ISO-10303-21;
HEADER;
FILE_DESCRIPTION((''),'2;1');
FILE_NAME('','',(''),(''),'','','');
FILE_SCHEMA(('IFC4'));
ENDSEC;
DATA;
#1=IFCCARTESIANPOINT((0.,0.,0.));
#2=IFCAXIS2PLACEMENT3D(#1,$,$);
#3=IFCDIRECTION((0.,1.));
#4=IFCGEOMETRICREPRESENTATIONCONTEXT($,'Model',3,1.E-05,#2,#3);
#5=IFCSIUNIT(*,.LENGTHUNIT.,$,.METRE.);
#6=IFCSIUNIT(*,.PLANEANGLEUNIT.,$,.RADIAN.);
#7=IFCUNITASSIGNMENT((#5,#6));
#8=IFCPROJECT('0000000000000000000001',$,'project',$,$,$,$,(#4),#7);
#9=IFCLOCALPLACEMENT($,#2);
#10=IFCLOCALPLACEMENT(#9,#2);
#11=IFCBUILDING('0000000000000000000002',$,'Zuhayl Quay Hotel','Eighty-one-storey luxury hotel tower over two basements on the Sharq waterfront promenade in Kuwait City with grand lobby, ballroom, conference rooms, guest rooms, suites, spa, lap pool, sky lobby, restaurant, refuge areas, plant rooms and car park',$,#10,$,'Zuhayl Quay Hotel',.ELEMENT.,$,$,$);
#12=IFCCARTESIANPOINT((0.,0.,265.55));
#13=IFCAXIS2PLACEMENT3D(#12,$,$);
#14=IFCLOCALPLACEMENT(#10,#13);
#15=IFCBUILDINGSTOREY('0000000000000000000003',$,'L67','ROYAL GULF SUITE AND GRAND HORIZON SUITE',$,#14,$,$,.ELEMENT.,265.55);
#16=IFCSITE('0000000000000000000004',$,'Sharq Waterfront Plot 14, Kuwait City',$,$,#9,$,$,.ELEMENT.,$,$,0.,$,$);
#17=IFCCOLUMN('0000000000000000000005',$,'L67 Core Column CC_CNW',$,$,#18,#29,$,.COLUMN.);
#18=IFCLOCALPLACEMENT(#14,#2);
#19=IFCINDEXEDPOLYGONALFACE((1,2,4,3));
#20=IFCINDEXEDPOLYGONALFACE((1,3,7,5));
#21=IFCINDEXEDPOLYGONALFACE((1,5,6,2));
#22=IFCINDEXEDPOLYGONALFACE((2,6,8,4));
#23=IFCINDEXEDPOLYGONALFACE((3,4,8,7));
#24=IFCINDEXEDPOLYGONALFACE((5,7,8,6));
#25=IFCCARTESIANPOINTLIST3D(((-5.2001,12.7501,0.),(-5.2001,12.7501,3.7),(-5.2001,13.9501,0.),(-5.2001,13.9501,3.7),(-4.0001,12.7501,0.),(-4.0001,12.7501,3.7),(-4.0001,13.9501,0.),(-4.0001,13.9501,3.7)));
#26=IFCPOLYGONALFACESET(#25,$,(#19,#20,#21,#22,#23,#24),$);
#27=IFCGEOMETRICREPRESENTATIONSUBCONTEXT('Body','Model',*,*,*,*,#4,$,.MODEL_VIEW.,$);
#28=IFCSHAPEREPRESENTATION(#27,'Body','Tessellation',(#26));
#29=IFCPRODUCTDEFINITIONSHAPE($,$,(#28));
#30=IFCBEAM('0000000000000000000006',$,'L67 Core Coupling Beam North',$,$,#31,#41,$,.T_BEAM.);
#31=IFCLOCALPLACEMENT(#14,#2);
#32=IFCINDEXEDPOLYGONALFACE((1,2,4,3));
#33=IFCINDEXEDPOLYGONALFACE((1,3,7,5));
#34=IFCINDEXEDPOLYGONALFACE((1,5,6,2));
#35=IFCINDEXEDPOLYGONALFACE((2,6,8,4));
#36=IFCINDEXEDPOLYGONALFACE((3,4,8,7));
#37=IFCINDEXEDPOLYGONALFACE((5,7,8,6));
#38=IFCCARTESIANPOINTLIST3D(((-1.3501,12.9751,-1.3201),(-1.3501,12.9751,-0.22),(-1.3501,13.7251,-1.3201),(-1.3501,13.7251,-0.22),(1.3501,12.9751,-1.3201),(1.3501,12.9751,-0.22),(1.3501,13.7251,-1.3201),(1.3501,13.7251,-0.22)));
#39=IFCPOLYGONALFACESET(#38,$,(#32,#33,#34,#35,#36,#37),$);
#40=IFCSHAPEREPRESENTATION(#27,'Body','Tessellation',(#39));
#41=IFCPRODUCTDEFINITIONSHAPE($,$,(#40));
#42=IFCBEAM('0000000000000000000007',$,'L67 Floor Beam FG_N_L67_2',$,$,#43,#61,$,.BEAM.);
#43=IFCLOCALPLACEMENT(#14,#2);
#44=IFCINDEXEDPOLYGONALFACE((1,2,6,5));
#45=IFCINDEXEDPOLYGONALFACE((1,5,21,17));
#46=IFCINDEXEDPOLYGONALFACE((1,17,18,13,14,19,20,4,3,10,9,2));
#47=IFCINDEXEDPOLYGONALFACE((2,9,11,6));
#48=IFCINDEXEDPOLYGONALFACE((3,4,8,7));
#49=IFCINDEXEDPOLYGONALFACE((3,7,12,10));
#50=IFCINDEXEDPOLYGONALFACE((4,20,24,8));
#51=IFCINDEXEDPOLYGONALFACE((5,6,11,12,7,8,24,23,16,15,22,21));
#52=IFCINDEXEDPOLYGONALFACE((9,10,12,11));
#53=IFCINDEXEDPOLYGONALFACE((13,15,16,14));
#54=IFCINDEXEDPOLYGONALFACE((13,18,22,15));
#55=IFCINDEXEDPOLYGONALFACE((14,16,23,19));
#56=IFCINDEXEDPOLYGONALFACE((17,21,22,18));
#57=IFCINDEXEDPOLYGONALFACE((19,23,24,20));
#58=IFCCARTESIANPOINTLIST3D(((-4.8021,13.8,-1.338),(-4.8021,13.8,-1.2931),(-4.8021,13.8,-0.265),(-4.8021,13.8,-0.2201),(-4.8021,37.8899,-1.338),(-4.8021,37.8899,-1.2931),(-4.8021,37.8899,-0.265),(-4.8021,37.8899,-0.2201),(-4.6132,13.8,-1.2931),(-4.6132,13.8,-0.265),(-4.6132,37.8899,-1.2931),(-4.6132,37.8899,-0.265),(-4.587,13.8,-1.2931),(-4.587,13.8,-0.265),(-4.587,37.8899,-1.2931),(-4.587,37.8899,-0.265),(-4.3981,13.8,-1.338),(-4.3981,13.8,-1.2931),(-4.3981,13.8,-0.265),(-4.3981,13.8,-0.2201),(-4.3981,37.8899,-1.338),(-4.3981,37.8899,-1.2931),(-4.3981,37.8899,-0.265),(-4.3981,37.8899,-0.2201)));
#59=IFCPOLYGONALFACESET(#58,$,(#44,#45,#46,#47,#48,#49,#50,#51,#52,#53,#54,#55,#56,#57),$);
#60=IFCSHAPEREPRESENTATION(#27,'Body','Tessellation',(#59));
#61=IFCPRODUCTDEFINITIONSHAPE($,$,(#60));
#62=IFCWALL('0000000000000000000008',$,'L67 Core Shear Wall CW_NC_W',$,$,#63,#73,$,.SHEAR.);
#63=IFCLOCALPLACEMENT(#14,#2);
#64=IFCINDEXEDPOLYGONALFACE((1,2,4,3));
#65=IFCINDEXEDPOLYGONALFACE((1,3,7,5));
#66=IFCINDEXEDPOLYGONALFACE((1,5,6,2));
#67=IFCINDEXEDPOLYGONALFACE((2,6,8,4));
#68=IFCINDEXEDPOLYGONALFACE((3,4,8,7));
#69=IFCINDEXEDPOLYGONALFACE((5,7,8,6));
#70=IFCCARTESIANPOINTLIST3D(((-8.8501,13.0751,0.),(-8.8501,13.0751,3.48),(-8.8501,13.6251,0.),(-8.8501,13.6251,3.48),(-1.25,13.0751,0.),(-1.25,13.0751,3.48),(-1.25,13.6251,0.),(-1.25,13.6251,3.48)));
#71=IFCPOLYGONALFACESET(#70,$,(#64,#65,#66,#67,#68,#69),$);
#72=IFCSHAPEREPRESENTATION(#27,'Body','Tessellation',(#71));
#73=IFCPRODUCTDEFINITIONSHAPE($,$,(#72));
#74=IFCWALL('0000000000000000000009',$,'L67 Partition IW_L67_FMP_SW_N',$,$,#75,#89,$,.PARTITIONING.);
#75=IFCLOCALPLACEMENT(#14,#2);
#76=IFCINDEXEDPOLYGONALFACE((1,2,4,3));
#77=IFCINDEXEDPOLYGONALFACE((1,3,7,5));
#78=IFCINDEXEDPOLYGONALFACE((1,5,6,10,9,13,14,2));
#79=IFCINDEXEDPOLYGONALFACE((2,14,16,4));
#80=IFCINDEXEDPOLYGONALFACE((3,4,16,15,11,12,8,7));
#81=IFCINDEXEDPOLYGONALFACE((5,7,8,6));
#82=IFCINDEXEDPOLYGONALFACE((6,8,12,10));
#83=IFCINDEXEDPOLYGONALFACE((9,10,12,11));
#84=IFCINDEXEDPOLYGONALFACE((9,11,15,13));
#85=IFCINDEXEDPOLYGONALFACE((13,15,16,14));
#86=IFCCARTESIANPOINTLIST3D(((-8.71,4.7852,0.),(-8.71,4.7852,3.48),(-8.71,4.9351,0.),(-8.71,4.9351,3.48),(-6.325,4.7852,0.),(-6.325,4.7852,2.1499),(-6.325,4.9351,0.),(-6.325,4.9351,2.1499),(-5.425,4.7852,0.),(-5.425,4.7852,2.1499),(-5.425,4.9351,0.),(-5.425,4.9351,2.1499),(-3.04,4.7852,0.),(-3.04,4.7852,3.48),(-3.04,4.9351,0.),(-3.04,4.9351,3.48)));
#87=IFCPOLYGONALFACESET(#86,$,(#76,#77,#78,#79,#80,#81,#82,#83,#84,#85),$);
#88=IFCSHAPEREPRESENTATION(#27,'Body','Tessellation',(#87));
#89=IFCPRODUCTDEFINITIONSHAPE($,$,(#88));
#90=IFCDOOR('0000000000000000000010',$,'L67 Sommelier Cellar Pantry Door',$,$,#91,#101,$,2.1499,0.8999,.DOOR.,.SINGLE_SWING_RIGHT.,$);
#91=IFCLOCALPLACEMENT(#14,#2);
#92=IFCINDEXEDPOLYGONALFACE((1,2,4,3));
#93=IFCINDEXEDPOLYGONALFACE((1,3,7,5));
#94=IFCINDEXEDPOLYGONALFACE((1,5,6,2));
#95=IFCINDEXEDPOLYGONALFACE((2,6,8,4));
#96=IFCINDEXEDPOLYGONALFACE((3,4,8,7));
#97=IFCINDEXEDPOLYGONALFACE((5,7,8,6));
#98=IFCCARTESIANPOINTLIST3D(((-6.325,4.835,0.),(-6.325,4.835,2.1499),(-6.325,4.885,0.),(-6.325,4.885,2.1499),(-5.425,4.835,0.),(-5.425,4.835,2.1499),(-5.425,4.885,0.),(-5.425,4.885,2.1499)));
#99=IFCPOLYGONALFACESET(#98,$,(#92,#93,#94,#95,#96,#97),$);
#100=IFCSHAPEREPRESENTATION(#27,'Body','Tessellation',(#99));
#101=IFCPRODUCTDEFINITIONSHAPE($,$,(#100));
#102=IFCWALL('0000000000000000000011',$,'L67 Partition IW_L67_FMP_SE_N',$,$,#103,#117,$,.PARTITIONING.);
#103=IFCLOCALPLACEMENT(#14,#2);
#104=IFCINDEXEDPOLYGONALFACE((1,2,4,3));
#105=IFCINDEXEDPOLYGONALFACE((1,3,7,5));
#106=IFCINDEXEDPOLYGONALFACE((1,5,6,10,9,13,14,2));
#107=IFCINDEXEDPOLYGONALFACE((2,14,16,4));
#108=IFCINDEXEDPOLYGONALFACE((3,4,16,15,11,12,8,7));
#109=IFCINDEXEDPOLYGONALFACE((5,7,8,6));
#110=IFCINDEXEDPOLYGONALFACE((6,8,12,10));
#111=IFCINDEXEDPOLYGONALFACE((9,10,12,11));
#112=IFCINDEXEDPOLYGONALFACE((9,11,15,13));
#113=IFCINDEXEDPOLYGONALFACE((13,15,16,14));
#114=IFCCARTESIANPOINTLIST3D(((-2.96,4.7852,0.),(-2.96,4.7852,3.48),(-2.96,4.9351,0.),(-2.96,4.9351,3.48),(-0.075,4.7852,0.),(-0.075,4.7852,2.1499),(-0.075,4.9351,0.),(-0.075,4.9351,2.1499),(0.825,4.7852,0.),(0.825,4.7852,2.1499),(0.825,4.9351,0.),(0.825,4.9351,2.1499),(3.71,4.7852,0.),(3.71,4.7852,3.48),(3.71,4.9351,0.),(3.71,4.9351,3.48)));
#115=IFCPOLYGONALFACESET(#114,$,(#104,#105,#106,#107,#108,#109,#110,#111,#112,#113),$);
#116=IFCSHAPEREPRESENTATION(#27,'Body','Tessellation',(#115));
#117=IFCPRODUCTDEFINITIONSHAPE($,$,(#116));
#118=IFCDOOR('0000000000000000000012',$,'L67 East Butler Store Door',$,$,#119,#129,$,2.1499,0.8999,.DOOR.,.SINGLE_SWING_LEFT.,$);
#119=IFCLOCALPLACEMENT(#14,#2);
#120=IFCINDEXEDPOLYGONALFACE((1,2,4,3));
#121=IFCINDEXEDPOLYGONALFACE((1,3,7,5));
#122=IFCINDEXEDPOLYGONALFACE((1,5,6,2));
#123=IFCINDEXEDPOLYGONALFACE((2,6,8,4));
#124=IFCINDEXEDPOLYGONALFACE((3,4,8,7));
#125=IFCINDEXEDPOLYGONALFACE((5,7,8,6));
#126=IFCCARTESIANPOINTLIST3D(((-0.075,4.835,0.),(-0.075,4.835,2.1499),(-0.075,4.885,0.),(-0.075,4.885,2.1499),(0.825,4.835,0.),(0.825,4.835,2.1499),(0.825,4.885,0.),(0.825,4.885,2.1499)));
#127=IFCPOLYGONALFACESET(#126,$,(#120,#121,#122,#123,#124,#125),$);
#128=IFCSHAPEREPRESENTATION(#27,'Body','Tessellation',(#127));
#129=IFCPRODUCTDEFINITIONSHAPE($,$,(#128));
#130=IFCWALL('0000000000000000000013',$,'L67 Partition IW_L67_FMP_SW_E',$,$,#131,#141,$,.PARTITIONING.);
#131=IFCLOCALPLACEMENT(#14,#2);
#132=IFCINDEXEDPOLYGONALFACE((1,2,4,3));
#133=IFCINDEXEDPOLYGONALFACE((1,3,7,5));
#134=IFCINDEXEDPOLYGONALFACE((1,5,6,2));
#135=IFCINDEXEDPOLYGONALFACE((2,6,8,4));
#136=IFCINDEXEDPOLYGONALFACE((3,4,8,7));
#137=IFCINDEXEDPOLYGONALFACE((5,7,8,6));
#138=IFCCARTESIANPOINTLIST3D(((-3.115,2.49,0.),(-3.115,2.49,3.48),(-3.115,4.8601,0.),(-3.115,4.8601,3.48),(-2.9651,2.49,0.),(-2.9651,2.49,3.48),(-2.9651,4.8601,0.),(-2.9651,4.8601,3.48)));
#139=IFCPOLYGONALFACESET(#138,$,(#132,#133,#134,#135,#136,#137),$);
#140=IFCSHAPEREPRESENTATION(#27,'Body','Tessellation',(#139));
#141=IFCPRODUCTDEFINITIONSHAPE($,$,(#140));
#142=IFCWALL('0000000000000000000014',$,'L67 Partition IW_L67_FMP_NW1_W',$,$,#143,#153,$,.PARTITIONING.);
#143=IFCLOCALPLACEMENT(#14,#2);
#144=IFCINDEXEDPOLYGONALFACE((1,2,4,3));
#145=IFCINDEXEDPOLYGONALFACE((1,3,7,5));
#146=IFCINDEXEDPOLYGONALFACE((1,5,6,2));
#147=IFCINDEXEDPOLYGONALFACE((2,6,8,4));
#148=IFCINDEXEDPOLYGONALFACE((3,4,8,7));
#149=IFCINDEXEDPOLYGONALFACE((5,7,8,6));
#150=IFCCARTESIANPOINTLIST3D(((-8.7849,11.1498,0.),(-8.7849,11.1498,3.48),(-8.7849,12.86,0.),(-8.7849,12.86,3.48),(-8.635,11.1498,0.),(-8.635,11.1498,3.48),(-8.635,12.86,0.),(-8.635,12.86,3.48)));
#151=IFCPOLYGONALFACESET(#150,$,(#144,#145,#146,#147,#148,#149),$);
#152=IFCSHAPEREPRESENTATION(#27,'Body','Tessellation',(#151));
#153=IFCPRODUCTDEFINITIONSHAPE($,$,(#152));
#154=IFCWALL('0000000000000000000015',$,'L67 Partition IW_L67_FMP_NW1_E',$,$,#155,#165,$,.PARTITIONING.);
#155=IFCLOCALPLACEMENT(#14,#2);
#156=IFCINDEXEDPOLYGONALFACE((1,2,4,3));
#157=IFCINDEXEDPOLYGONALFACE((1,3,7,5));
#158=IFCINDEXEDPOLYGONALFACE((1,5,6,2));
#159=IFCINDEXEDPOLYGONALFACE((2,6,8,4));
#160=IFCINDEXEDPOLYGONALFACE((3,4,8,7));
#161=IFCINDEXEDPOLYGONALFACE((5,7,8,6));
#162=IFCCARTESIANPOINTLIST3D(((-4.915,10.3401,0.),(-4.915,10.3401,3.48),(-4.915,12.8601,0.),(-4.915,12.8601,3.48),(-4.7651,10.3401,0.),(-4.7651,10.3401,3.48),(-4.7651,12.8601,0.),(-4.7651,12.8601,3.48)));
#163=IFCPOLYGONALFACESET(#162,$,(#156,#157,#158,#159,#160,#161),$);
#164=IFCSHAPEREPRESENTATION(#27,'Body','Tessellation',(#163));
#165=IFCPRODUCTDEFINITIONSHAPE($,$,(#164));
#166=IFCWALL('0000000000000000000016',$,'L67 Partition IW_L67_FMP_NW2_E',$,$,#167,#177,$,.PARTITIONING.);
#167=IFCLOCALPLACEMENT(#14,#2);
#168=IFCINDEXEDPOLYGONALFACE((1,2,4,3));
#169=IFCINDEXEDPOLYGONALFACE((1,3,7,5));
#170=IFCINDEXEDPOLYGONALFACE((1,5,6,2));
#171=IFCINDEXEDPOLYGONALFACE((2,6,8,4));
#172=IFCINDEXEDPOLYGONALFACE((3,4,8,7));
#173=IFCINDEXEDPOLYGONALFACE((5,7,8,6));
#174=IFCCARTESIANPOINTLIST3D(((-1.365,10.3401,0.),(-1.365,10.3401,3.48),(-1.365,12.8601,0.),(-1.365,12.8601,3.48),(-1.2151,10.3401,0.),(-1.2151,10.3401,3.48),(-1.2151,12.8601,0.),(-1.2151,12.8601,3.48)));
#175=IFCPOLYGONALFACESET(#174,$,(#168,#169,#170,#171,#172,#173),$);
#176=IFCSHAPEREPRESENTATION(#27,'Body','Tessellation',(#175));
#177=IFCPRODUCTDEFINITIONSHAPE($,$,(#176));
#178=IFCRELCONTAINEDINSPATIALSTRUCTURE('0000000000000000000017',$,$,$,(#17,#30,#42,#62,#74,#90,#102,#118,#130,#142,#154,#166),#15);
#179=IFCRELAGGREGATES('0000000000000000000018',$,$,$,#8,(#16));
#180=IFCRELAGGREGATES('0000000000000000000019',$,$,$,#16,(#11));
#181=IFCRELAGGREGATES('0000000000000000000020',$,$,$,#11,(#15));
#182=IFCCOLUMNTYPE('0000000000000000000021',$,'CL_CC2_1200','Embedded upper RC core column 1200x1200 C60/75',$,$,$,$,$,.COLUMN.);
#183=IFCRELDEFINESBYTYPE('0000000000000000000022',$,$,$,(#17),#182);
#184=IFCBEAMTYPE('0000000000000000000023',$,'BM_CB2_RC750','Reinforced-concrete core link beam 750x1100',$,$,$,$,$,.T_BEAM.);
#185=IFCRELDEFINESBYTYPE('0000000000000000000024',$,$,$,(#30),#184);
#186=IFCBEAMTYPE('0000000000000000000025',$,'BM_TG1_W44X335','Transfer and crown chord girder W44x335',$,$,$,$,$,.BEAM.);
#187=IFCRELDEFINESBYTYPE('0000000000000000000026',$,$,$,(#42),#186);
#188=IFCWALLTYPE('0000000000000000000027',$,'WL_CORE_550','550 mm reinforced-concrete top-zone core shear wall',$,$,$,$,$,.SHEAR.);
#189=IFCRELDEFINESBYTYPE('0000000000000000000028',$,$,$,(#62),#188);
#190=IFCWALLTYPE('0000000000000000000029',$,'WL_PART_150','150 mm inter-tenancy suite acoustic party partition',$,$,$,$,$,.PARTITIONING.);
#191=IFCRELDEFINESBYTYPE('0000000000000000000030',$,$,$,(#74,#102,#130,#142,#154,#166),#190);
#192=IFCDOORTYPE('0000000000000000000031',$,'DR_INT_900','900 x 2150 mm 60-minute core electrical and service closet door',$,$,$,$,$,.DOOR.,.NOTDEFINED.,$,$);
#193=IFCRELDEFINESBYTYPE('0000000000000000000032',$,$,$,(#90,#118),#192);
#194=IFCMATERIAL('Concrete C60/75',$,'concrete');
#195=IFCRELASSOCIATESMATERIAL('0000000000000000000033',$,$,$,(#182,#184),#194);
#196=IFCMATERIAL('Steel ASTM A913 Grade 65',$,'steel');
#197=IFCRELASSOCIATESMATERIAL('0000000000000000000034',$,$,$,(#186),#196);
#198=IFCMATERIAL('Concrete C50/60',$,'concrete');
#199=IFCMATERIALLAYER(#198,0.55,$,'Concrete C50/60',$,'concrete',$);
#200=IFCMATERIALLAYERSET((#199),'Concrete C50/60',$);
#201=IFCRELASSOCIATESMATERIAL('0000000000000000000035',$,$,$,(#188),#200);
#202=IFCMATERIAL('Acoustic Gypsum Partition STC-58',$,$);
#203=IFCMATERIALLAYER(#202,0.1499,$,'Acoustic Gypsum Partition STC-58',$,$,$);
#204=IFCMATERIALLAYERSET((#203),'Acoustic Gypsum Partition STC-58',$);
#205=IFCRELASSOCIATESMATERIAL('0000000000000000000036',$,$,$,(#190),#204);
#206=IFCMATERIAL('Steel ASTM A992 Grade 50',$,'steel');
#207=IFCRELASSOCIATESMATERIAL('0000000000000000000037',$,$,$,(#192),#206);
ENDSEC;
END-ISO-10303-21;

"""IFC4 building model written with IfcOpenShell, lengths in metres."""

from ifc_helpers import new_model, si_unit, direction, frame, frame_2d, origin, origin_2d, place, context, subcontext, project, spatial, rectangle, i_section, extrude, material, layer, layer_set, material_profile, profile_set, type_object, element, fill, save


model = new_model("IFC4")

# Units and contexts
model_context = context("Model", 3, precision=1e-05, world=origin(), true_north=direction((0.0, 1.0)))
body_context = subcontext(model_context, "Body", "Model", "MODEL_VIEW")
ifc_project = project(units=[si_unit("LENGTHUNIT", "METRE"), si_unit("PLANEANGLEUNIT", "RADIAN")], contexts=[model_context])

# Site, building, storey
site_placement = place(None, origin())
site = spatial("IfcSite", under=ifc_project, at=site_placement, Name="Sharq Waterfront Plot 14, Kuwait City", CompositionType="ELEMENT", RefElevation=0.0)
building_placement = place(site_placement, origin())
building = spatial("IfcBuilding", under=site, at=building_placement, Name="Zuhayl Quay Hotel", Description="Eighty-one-storey luxury hotel tower over two basements on the Sharq waterfront promenade in Kuwait City with grand lobby, ballroom, conference rooms, guest rooms, suites, spa, lap pool, sky lobby, restaurant, refuge areas, plant rooms and car park", LongName="Zuhayl Quay Hotel", CompositionType="ELEMENT")
storey_placement = place(building_placement, frame((0.0, 0.0, 265.55)))
storey = spatial("IfcBuildingStorey", under=building, at=storey_placement, Name="L67", Description="ROYAL GULF SUITE AND GRAND HORIZON SUITE", CompositionType="ELEMENT", Elevation=265.55)

# Column
ifc_material_1 = material(Name="Concrete C60/75", Category="concrete")
ifc_material_profile_1 = material_profile(ifc_material_1, rectangle(XDim=1.2, YDim=1.2, at=origin_2d()), Name="RC1200X1200")
ifc_profile_set_1 = profile_set([ifc_material_profile_1], Name="Concrete C60/75")
column_type = type_object("IfcColumnType", Name="CL_CC2_1200", Description="Embedded upper RC core column 1200x1200 C60/75", PredefinedType="COLUMN", material=ifc_profile_set_1)
column_placement = place(storey_placement, frame((-4.6001, 13.3501, 0.0), z_axis=(0.0, 0.0, 1.0), x_axis=(1.0, 0.0, 0.0)))
element("IfcColumn", 1, at=column_placement, inside=storey, type_object=column_type, Name="L67 Core Column CC_CNW", PredefinedType="COLUMN", context=body_context, shape_type="SweptSolid", body=[
    extrude(rectangle(XDim=1.2, YDim=1.2, at=origin_2d()), origin(), (0.0, 0.0, 1.0), 3.7),
])

# Beams
ifc_material_profile_2 = material_profile(ifc_material_1, rectangle(XDim=0.75, YDim=1.1001, at=origin_2d()), Name="RC750X1100")
ifc_profile_set_2 = profile_set([ifc_material_profile_2], Name="Concrete C60/75")
beam_type_1 = type_object("IfcBeamType", Name="BM_CB2_RC750", Description="Reinforced-concrete core link beam 750x1100", PredefinedType="T_BEAM", material=ifc_profile_set_2)
beam_1_placement = place(storey_placement, frame((-1.3501, 13.3501, -0.77), z_axis=(1.0, 0.0, 0.0), x_axis=(0.0, 1.0, 0.0)))
element("IfcBeam", 2, at=beam_1_placement, inside=storey, type_object=beam_type_1, Name="L67 Core Coupling Beam North", PredefinedType="T_BEAM", context=body_context, shape_type="SweptSolid", body=[
    extrude(rectangle(XDim=0.75, YDim=1.1001, at=origin_2d()), origin(), (0.0, 0.0, 1.0), 2.7002),
])
ifc_material_2 = material(Name="Steel ASTM A913 Grade 65", Category="steel")
ifc_material_profile_3 = material_profile(ifc_material_2, i_section(OverallWidth=0.4041, OverallDepth=1.1179, WebThickness=0.0261, FlangeThickness=0.0449, at=origin_2d()), Name="W44X335")
ifc_profile_set_3 = profile_set([ifc_material_profile_3], Name="Steel ASTM A913 Grade 65")
beam_type_2 = type_object("IfcBeamType", Name="BM_TG1_W44X335", Description="Transfer and crown chord girder W44x335", PredefinedType="BEAM", material=ifc_profile_set_3)
beam_2_placement = place(storey_placement, frame((-4.6001, 13.8, -0.7791), z_axis=(0.0, 1.0, 0.0), x_axis=(-1.0, 0.0, 0.0)))
element("IfcBeam", 3, at=beam_2_placement, inside=storey, type_object=beam_type_2, Name="L67 Floor Beam FG_N_L67_2", PredefinedType="BEAM", context=body_context, shape_type="SweptSolid", body=[
    extrude(i_section(OverallWidth=0.4041, OverallDepth=1.1179, WebThickness=0.0261, FlangeThickness=0.0449, at=origin_2d()), origin(), (0.0, 0.0, 1.0), 24.0898),
])

# Wall
ifc_material_3 = material(Name="Concrete C50/60", Category="concrete")
ifc_layer_1 = layer(ifc_material_3, 0.55, Name="Concrete C50/60", Category="concrete")
ifc_layer_set_1 = layer_set([ifc_layer_1], Name="Concrete C50/60")
wall_type_1 = type_object("IfcWallType", Name="WL_CORE_550", Description="550 mm reinforced-concrete top-zone core shear wall", PredefinedType="SHEAR", material=ifc_layer_set_1)
wall_1_placement = place(storey_placement, frame((-8.8501, 13.3501, 0.0), z_axis=(0.0, 0.0, 1.0), x_axis=(1.0, 0.0, 0.0)))
element("IfcWall", 4, at=wall_1_placement, inside=storey, type_object=wall_type_1, Name="L67 Core Shear Wall CW_NC_W", PredefinedType="SHEAR", context=body_context, shape_type="SweptSolid", body=[
    extrude(rectangle(XDim=7.6001, YDim=0.55, at=frame_2d((3.8, 0.0))), origin(), (0.0, 0.0, 1.0), 3.48),
])

# Walls, openings, doors
ifc_material_4 = material(Name="Acoustic Gypsum Partition STC-58")
ifc_layer_2 = layer(ifc_material_4, 0.1499, Name="Acoustic Gypsum Partition STC-58")
ifc_layer_set_2 = layer_set([ifc_layer_2], Name="Acoustic Gypsum Partition STC-58")
wall_type_2 = type_object("IfcWallType", Name="WL_PART_150", Description="150 mm inter-tenancy suite acoustic party partition", PredefinedType="PARTITIONING", material=ifc_layer_set_2)
wall_2_placement = place(storey_placement, frame((-8.71, 4.8601, 0.0), z_axis=(0.0, 0.0, 1.0), x_axis=(1.0, 0.0, 0.0)))
wall_2 = element("IfcWall", 5, at=wall_2_placement, inside=storey, type_object=wall_type_2, Name="L67 Partition IW_L67_FMP_SW_N", PredefinedType="PARTITIONING", context=body_context, shape_type="SweptSolid", body=[
    extrude(rectangle(XDim=5.6699, YDim=0.1499, at=frame_2d((2.835, 0.0))), origin(), (0.0, 0.0, 1.0), 3.48),
])
opening_1_placement = place(wall_2_placement, frame((2.385, 0.0, 0.0)))
opening_1 = element("IfcOpeningElement", 6, at=opening_1_placement, cuts=wall_2, PredefinedType="OPENING", context=body_context, shape_type="SweptSolid", body=[
    extrude(rectangle(XDim=0.8999, YDim=2.1499, at=frame_2d((0.45, 1.075))), frame((0.0, 0.085, 0.0), z_axis=(0.0, -1.0, 0.0), x_axis=(1.0, 0.0, 0.0)), (0.0, 0.0, 1.0), 0.1699),
])
ifc_material_5 = material(Name="Steel ASTM A992 Grade 50", Category="steel")
door_type_1 = type_object("IfcDoorType", Name="DR_INT_900", Description="900 x 2150 mm 60-minute core electrical and service closet door", OperationType="NOTDEFINED", PredefinedType="DOOR", material=ifc_material_5)
door_1_placement = place(opening_1_placement, origin())
door_1 = element("IfcDoor", 7, at=door_1_placement, inside=storey, type_object=door_type_1, Name="L67 Sommelier Cellar Pantry Door", OperationType="SINGLE_SWING_RIGHT", OverallHeight=2.1499, OverallWidth=0.8999, PredefinedType="DOOR", context=body_context, shape_type="SweptSolid", body=[
    extrude(rectangle(XDim=0.8999, YDim=2.1499, at=frame_2d((0.45, 1.075))), frame((0.0, 0.0249, 0.0), z_axis=(0.0, -1.0, 0.0), x_axis=(1.0, 0.0, 0.0)), (0.0, 0.0, 1.0), 0.05),
])
fill(opening_1, door_1)
wall_3_placement = place(storey_placement, frame((-2.96, 4.8601, 0.0), z_axis=(0.0, 0.0, 1.0), x_axis=(1.0, 0.0, 0.0)))
wall_3 = element("IfcWall", 8, at=wall_3_placement, inside=storey, type_object=wall_type_2, Name="L67 Partition IW_L67_FMP_SE_N", PredefinedType="PARTITIONING", context=body_context, shape_type="SweptSolid", body=[
    extrude(rectangle(XDim=6.6699, YDim=0.1499, at=frame_2d((3.335, 0.0))), origin(), (0.0, 0.0, 1.0), 3.48),
])
opening_2_placement = place(wall_3_placement, frame((2.885, 0.0, 0.0)))
opening_2 = element("IfcOpeningElement", 9, at=opening_2_placement, cuts=wall_3, PredefinedType="OPENING", context=body_context, shape_type="SweptSolid", body=[
    extrude(rectangle(XDim=0.8999, YDim=2.1499, at=frame_2d((0.45, 1.075))), frame((0.0, 0.085, 0.0), z_axis=(0.0, -1.0, 0.0), x_axis=(1.0, 0.0, 0.0)), (0.0, 0.0, 1.0), 0.1699),
])
door_2_placement = place(opening_2_placement, origin())
door_2 = element("IfcDoor", 10, at=door_2_placement, inside=storey, type_object=door_type_1, Name="L67 East Butler Store Door", OperationType="SINGLE_SWING_LEFT", OverallHeight=2.1499, OverallWidth=0.8999, PredefinedType="DOOR", context=body_context, shape_type="SweptSolid", body=[
    extrude(rectangle(XDim=0.8999, YDim=2.1499, at=frame_2d((0.45, 1.075))), frame((0.0, 0.0249, 0.0), z_axis=(0.0, -1.0, 0.0), x_axis=(1.0, 0.0, 0.0)), (0.0, 0.0, 1.0), 0.05),
])
fill(opening_2, door_2)

# Walls
wall_4_placement = place(storey_placement, frame((-3.04, 2.49, 0.0), z_axis=(0.0, 0.0, 1.0), x_axis=(0.0, 1.0, 0.0)))
element("IfcWall", 11, at=wall_4_placement, inside=storey, type_object=wall_type_2, Name="L67 Partition IW_L67_FMP_SW_E", PredefinedType="PARTITIONING", context=body_context, shape_type="SweptSolid", body=[
    extrude(rectangle(XDim=2.3701, YDim=0.1499, at=frame_2d((1.1851, 0.0))), origin(), (0.0, 0.0, 1.0), 3.48),
])
wall_5_placement = place(storey_placement, frame((-8.71, 11.1499, 0.0), z_axis=(0.0, 0.0, 1.0), x_axis=(0.0, 1.0, 0.0)))
element("IfcWall", 12, at=wall_5_placement, inside=storey, type_object=wall_type_2, Name="L67 Partition IW_L67_FMP_NW1_W", PredefinedType="PARTITIONING", context=body_context, shape_type="SweptSolid", body=[
    extrude(rectangle(XDim=1.7102, YDim=0.1499, at=frame_2d((0.855, 0.0))), origin(), (0.0, 0.0, 1.0), 3.48),
])
for number, where, z_axis, x_axis, name in (
    (13, (-4.8401, 10.3401, 0.0), (0.0, 0.0, 1.0), (0.0, 1.0, 0.0), "L67 Partition IW_L67_FMP_NW1_E"),
    (14, (-1.29, 10.3401, 0.0), (0.0, 0.0, 1.0), (0.0, 1.0, 0.0), "L67 Partition IW_L67_FMP_NW2_E"),
):
    element("IfcWall", number, at=place(storey_placement, frame(where, z_axis=z_axis, x_axis=x_axis)), inside=storey, type_object=wall_type_2, Name=name, PredefinedType="PARTITIONING", context=body_context, shape_type="SweptSolid", body=[
        extrude(rectangle(XDim=2.52, YDim=0.1499, at=frame_2d((1.26, 0.0))), origin(), (0.0, 0.0, 1.0), 3.48),
    ])

save(model, "model.ifc")
